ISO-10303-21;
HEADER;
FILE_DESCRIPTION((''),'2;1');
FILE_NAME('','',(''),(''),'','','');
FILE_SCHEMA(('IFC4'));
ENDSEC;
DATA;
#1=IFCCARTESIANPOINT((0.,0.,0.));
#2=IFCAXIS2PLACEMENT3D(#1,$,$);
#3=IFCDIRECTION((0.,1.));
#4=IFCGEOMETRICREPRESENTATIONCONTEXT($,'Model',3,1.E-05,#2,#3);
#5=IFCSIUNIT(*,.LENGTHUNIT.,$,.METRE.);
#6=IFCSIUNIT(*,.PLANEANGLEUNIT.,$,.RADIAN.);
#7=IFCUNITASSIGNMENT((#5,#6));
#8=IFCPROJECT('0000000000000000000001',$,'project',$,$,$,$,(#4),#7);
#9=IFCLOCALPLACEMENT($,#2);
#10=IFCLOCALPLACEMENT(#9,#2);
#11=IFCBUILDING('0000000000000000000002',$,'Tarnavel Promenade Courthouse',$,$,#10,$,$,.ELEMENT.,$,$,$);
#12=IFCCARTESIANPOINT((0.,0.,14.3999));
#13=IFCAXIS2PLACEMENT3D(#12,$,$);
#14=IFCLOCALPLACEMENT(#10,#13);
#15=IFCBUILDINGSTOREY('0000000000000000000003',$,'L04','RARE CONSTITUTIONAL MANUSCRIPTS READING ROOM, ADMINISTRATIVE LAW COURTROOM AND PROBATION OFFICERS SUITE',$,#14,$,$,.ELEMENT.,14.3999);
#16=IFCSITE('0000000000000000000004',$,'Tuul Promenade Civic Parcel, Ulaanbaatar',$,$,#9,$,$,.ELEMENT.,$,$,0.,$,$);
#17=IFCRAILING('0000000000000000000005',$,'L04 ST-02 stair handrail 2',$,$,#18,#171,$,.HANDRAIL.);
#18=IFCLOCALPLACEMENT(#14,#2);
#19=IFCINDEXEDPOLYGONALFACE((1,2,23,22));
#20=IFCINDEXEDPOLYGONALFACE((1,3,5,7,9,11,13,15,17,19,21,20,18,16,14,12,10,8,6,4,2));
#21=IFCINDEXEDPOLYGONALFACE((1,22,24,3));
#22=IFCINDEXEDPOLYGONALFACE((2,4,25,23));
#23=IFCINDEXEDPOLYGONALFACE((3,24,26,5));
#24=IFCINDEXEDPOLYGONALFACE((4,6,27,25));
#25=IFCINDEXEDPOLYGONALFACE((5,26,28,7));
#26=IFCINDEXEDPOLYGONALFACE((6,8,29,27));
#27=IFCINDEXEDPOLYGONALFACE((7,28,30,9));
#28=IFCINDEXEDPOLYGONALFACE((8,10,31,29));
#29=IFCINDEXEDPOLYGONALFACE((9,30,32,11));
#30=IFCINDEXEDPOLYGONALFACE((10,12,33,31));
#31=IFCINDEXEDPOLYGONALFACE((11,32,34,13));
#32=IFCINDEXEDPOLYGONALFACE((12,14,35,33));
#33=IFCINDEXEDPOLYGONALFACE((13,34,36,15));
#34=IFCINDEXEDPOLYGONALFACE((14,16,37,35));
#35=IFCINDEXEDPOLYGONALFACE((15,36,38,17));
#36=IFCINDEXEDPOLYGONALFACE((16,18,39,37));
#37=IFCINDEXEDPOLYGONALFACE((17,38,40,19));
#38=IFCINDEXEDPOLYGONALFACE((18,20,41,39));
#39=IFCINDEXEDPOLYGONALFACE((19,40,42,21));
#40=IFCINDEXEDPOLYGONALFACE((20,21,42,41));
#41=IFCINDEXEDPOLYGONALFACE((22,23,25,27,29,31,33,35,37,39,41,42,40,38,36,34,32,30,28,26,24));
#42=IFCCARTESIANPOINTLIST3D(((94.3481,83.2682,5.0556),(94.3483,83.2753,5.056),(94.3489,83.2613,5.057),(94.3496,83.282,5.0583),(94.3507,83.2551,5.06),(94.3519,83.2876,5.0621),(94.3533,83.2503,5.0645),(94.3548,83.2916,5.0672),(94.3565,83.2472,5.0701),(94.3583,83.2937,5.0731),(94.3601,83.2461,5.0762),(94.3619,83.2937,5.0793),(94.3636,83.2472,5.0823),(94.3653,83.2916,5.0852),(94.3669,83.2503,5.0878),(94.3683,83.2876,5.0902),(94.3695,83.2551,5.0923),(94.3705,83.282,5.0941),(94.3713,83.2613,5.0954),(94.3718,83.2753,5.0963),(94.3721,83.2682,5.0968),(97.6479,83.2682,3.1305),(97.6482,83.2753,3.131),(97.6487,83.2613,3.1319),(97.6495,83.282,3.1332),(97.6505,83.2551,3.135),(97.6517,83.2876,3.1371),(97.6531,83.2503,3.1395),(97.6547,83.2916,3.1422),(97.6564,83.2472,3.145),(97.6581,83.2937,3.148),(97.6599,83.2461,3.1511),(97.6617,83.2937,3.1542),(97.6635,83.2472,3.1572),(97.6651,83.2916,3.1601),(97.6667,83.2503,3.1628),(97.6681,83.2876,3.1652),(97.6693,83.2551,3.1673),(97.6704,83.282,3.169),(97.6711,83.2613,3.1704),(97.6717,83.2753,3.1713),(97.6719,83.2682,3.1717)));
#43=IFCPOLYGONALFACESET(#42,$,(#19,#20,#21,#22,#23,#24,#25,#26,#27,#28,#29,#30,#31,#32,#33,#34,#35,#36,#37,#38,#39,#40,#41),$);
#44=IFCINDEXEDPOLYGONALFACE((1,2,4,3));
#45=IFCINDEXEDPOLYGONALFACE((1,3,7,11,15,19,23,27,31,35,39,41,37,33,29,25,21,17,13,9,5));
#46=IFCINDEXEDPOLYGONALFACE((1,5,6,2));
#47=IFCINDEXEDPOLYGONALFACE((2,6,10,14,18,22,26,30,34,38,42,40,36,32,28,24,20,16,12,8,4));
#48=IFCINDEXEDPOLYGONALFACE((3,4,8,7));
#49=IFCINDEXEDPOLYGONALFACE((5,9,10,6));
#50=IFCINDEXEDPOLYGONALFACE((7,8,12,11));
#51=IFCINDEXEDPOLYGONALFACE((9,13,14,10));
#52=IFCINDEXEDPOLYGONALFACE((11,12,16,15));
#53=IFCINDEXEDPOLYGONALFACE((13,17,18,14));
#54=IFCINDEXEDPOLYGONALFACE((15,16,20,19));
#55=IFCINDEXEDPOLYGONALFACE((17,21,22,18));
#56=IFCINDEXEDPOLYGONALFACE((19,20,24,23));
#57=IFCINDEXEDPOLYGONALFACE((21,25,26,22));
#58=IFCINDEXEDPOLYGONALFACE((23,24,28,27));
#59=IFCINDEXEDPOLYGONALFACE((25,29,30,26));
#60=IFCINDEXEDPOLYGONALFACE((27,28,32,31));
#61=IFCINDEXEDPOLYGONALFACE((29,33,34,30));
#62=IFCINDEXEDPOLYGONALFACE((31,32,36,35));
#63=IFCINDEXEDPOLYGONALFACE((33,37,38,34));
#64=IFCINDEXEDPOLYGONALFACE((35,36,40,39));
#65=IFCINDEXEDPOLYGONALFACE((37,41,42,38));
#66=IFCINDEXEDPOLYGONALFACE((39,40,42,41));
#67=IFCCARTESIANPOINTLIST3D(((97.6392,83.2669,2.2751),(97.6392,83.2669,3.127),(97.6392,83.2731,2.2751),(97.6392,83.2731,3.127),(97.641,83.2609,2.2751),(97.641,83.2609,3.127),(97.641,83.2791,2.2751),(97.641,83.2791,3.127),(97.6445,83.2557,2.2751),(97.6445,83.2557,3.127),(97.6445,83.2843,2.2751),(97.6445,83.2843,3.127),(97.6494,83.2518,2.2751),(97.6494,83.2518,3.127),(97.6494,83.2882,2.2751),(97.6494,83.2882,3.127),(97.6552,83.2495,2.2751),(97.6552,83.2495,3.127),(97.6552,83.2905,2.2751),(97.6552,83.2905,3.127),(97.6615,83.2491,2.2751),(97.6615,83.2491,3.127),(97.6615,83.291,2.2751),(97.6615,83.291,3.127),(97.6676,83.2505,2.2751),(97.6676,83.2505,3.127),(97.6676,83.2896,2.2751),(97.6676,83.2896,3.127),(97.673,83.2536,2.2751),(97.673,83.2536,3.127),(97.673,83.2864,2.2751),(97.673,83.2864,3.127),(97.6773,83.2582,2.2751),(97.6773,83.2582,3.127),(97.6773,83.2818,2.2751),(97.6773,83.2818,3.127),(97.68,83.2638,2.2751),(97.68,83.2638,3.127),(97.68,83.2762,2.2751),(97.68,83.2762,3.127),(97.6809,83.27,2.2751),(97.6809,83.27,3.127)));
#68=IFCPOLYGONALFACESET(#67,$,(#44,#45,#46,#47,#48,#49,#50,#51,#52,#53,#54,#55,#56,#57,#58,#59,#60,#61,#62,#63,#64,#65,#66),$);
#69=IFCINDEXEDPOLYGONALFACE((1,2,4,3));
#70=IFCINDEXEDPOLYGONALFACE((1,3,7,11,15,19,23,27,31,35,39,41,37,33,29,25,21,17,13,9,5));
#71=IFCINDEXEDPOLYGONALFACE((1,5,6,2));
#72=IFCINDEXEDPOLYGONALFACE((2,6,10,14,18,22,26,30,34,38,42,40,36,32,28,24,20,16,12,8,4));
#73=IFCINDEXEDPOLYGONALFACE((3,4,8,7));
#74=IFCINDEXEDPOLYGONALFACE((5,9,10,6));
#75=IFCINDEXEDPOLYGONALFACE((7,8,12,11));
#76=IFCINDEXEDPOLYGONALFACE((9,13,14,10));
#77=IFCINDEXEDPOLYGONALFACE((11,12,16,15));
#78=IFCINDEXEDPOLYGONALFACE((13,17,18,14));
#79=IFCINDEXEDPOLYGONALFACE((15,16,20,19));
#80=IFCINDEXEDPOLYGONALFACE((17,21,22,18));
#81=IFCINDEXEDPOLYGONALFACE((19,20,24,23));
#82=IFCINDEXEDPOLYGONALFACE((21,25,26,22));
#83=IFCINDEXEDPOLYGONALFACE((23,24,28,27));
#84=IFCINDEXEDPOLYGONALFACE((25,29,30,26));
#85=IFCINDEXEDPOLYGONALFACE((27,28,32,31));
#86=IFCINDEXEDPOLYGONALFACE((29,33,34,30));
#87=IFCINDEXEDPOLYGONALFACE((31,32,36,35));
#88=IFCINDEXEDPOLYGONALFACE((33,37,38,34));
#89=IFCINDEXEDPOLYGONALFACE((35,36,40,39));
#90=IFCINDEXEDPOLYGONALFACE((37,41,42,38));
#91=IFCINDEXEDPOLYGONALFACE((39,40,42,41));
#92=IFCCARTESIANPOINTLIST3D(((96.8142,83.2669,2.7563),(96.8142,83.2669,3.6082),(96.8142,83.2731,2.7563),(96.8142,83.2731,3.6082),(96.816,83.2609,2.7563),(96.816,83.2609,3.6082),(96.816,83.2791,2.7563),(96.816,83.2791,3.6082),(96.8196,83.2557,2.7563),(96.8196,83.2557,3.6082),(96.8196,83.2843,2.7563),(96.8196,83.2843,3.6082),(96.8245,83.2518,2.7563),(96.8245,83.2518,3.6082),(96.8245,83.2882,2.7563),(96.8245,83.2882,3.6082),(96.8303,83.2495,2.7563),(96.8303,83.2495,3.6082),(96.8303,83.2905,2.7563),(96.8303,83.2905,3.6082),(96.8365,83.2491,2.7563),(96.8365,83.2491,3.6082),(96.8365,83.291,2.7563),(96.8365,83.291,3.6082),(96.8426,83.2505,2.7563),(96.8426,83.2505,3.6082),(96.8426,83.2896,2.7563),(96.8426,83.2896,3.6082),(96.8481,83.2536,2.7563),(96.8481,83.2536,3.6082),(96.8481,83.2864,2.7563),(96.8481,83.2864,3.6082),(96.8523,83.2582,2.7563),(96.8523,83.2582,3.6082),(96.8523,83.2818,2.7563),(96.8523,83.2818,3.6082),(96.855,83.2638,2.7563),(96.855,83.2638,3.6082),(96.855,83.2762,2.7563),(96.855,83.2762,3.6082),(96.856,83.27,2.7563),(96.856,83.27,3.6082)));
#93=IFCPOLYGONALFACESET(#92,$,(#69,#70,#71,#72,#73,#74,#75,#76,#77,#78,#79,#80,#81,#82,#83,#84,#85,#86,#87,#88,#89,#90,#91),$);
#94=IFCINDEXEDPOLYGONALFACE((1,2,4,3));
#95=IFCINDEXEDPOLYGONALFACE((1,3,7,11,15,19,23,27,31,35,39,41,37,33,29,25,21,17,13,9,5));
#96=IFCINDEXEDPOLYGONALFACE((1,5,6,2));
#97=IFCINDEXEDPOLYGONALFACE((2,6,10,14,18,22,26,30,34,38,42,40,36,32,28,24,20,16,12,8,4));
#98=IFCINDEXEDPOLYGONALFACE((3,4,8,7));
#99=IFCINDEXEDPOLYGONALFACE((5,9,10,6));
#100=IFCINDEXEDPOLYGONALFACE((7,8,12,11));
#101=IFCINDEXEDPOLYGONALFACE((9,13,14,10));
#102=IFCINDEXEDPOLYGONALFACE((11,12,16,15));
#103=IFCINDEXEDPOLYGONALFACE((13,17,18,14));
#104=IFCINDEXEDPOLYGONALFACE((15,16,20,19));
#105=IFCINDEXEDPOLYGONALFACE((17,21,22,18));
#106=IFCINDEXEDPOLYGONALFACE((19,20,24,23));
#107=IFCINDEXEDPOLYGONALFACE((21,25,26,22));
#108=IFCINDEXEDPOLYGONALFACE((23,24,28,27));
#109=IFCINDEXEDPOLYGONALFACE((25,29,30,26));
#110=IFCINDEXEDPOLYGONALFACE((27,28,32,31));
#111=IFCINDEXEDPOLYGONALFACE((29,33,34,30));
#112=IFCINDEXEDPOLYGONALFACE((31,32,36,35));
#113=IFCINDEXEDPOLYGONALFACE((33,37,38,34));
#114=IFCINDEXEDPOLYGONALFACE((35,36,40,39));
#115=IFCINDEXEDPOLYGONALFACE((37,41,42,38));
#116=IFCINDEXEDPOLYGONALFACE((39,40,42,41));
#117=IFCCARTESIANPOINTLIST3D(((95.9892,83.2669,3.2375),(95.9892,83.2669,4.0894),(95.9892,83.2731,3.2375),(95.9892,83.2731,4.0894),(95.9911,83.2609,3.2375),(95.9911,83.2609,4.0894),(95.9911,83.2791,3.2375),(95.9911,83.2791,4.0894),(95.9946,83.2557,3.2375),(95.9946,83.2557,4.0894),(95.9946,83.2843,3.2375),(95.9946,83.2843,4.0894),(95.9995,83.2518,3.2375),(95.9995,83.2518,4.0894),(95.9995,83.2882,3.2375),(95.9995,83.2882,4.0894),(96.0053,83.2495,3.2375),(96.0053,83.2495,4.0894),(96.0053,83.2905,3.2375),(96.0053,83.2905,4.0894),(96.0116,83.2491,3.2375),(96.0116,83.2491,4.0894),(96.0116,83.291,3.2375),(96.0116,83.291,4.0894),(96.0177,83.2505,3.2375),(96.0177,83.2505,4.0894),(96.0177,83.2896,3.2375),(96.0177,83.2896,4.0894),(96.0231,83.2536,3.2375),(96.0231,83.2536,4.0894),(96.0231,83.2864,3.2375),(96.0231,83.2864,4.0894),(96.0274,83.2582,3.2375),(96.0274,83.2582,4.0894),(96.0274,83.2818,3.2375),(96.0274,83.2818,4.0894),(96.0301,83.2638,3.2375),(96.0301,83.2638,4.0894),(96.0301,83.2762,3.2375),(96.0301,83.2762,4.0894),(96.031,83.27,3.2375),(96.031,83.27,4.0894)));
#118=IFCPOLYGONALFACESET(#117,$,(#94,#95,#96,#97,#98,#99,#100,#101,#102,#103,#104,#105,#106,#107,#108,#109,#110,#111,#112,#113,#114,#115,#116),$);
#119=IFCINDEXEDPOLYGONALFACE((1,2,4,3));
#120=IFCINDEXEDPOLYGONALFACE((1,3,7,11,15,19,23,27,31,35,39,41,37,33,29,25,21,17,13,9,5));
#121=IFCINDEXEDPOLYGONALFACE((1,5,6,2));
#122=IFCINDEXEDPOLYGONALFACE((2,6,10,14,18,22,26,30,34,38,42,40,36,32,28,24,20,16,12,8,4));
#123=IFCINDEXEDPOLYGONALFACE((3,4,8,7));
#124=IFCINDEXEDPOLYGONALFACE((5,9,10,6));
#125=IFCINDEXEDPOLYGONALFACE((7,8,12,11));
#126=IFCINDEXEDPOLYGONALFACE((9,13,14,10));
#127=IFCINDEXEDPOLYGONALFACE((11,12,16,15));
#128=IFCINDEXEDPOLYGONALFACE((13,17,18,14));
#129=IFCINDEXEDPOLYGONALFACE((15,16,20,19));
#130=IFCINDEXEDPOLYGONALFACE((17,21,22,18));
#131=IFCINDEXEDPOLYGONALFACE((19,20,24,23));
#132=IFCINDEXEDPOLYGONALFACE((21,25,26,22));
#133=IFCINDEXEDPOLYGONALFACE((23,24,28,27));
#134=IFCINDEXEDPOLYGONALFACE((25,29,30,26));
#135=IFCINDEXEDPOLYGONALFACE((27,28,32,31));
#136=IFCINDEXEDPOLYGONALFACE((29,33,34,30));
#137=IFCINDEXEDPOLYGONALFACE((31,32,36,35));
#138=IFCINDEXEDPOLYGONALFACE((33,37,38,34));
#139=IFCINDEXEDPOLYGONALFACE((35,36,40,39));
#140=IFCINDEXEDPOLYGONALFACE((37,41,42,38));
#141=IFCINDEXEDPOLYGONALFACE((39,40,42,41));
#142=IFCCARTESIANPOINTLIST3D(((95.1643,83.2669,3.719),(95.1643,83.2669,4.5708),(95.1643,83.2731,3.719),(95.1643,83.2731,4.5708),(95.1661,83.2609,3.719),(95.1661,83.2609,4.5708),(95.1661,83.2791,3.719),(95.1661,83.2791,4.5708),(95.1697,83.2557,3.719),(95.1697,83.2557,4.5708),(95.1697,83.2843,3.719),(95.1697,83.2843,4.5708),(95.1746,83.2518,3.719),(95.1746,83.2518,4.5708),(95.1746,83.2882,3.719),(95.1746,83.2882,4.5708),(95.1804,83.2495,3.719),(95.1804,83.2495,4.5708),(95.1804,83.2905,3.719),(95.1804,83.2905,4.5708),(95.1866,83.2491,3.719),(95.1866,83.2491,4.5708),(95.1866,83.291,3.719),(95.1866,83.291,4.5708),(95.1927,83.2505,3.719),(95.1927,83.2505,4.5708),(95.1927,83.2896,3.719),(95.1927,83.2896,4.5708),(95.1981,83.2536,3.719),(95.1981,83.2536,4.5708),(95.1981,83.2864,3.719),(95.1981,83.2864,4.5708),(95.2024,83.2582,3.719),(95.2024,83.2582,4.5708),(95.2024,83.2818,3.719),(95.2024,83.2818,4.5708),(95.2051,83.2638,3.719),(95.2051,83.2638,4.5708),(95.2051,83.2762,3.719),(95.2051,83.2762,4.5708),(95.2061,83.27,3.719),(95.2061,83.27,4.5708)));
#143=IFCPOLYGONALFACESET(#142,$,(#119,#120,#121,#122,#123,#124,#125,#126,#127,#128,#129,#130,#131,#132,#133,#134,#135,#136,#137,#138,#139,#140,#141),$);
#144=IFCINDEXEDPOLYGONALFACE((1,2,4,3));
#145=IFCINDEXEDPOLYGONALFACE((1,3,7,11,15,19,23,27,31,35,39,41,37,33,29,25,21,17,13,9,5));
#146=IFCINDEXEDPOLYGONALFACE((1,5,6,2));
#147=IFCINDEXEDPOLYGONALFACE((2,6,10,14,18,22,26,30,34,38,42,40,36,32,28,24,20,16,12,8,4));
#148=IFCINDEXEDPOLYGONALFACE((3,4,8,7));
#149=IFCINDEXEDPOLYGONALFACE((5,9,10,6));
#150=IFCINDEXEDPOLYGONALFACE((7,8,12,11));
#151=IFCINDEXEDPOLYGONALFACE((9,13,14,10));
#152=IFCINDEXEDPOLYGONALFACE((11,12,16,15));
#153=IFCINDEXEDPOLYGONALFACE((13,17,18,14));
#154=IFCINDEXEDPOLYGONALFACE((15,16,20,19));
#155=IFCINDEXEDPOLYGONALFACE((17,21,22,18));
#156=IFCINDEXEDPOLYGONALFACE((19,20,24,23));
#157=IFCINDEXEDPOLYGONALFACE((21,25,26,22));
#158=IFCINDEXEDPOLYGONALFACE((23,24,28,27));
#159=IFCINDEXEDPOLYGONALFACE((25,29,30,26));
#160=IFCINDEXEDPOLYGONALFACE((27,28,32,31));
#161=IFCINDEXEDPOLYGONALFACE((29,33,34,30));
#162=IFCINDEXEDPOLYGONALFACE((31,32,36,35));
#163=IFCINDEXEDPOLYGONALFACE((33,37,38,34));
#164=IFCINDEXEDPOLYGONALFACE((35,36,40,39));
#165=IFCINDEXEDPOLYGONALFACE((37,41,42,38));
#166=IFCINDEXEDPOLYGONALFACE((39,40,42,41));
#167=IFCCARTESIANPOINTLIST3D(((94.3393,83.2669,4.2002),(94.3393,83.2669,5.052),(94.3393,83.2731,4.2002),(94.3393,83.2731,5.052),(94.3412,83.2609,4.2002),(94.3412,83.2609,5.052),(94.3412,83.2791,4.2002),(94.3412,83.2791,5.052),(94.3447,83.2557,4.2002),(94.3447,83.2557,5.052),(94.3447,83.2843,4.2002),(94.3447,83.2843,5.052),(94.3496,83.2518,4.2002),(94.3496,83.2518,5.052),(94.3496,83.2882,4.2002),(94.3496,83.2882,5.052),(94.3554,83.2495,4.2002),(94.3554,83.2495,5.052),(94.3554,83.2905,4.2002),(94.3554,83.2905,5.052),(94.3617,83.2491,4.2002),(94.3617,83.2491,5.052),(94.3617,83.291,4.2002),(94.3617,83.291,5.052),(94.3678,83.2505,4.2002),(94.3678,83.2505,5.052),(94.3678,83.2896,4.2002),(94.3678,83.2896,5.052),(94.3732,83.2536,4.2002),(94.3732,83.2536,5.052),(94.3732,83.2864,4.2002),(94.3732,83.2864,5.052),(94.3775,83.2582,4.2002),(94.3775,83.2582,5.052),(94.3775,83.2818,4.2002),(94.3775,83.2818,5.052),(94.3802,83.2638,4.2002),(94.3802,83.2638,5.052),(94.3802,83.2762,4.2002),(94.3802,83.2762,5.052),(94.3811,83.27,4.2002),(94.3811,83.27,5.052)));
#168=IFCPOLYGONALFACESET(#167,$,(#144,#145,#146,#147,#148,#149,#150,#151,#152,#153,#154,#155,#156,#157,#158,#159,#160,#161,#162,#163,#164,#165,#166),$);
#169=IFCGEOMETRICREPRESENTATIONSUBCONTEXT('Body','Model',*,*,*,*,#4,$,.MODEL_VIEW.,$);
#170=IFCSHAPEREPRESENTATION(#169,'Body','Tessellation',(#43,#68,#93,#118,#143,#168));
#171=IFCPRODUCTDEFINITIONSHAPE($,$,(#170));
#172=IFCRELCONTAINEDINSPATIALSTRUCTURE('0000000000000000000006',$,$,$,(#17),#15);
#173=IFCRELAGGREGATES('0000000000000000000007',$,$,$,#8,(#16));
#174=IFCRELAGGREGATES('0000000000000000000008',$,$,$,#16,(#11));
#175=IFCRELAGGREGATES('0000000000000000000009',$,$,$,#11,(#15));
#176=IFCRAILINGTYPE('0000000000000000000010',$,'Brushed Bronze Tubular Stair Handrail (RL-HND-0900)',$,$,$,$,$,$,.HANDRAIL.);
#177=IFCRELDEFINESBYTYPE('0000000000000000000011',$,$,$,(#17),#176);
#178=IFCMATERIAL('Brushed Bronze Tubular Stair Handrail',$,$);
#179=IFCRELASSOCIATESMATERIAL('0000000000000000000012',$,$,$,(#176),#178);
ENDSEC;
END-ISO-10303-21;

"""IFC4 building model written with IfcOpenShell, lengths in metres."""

from ifc_helpers import new_model, si_unit, direction, frame, origin, origin_2d, place, context, subcontext, project, spatial, circle, extrude, material, type_object, element, save


model = new_model("IFC4")

# Units and contexts
model_context = context("Model", 3, precision=1e-05, world=origin(), true_north=direction((0.0, 1.0)))
body_context = subcontext(model_context, "Body", "Model", "MODEL_VIEW")
ifc_project = project(units=[si_unit("LENGTHUNIT", "METRE"), si_unit("PLANEANGLEUNIT", "RADIAN")], contexts=[model_context])

# Site, building, storey
site_placement = place(None, origin())
site = spatial("IfcSite", under=ifc_project, at=site_placement, Name="Tuul Promenade Civic Parcel, Ulaanbaatar", CompositionType="ELEMENT", RefElevation=0.0)
building_placement = place(site_placement, origin())
building = spatial("IfcBuilding", under=site, at=building_placement, Name="Tarnavel Promenade Courthouse", CompositionType="ELEMENT")
storey_placement = place(building_placement, frame((0.0, 0.0, 14.3999)))
storey = spatial("IfcBuildingStorey", under=building, at=storey_placement, Name="L04", Description="RARE CONSTITUTIONAL MANUSCRIPTS READING ROOM, ADMINISTRATIVE LAW COURTROOM AND PROBATION OFFICERS SUITE", CompositionType="ELEMENT", Elevation=14.3999)

# Railing
ifc_material_1 = material(Name="Brushed Bronze Tubular Stair Handrail")
railing_type_1 = type_object("IfcRailingType", Name="Brushed Bronze Tubular Stair Handrail (RL-HND-0900)", PredefinedType="HANDRAIL", material=ifc_material_1)
railing_1_placement = place(storey_placement, frame((97.6599, 83.27, 2.2751)))
element("IfcRailing", 1, at=railing_1_placement, inside=storey, type_object=railing_type_1, Name="L04 ST-02 stair handrail 2", PredefinedType="HANDRAIL", context=body_context, shape_type="SweptSolid", body=[
    extrude(circle(Radius=0.0239, at=origin_2d()), frame((0.0, 0.0, 0.876), z_axis=(-0.86376, 0.0, 0.503903), x_axis=(0.0, -1.0, 0.0)), (0.0, 0.0, 1.0), 3.8203),
    extrude(circle(Radius=0.021, at=origin_2d()), origin(), (0.0, 0.0, 1.0), 0.8518),
    extrude(circle(Radius=0.021, at=origin_2d()), frame((-0.825, 0.0, 0.4812)), (0.0, 0.0, 1.0), 0.8518),
    extrude(circle(Radius=0.021, at=origin_2d()), frame((-1.6499, 0.0, 0.9624)), (0.0, 0.0, 1.0), 0.8518),
    extrude(circle(Radius=0.021, at=origin_2d()), frame((-2.4749, 0.0, 1.4438)), (0.0, 0.0, 1.0), 0.8518),
    extrude(circle(Radius=0.021, at=origin_2d()), frame((-3.2998, 0.0, 1.925)), (0.0, 0.0, 1.0), 0.8518),
])

save(model, "model.ifc")
